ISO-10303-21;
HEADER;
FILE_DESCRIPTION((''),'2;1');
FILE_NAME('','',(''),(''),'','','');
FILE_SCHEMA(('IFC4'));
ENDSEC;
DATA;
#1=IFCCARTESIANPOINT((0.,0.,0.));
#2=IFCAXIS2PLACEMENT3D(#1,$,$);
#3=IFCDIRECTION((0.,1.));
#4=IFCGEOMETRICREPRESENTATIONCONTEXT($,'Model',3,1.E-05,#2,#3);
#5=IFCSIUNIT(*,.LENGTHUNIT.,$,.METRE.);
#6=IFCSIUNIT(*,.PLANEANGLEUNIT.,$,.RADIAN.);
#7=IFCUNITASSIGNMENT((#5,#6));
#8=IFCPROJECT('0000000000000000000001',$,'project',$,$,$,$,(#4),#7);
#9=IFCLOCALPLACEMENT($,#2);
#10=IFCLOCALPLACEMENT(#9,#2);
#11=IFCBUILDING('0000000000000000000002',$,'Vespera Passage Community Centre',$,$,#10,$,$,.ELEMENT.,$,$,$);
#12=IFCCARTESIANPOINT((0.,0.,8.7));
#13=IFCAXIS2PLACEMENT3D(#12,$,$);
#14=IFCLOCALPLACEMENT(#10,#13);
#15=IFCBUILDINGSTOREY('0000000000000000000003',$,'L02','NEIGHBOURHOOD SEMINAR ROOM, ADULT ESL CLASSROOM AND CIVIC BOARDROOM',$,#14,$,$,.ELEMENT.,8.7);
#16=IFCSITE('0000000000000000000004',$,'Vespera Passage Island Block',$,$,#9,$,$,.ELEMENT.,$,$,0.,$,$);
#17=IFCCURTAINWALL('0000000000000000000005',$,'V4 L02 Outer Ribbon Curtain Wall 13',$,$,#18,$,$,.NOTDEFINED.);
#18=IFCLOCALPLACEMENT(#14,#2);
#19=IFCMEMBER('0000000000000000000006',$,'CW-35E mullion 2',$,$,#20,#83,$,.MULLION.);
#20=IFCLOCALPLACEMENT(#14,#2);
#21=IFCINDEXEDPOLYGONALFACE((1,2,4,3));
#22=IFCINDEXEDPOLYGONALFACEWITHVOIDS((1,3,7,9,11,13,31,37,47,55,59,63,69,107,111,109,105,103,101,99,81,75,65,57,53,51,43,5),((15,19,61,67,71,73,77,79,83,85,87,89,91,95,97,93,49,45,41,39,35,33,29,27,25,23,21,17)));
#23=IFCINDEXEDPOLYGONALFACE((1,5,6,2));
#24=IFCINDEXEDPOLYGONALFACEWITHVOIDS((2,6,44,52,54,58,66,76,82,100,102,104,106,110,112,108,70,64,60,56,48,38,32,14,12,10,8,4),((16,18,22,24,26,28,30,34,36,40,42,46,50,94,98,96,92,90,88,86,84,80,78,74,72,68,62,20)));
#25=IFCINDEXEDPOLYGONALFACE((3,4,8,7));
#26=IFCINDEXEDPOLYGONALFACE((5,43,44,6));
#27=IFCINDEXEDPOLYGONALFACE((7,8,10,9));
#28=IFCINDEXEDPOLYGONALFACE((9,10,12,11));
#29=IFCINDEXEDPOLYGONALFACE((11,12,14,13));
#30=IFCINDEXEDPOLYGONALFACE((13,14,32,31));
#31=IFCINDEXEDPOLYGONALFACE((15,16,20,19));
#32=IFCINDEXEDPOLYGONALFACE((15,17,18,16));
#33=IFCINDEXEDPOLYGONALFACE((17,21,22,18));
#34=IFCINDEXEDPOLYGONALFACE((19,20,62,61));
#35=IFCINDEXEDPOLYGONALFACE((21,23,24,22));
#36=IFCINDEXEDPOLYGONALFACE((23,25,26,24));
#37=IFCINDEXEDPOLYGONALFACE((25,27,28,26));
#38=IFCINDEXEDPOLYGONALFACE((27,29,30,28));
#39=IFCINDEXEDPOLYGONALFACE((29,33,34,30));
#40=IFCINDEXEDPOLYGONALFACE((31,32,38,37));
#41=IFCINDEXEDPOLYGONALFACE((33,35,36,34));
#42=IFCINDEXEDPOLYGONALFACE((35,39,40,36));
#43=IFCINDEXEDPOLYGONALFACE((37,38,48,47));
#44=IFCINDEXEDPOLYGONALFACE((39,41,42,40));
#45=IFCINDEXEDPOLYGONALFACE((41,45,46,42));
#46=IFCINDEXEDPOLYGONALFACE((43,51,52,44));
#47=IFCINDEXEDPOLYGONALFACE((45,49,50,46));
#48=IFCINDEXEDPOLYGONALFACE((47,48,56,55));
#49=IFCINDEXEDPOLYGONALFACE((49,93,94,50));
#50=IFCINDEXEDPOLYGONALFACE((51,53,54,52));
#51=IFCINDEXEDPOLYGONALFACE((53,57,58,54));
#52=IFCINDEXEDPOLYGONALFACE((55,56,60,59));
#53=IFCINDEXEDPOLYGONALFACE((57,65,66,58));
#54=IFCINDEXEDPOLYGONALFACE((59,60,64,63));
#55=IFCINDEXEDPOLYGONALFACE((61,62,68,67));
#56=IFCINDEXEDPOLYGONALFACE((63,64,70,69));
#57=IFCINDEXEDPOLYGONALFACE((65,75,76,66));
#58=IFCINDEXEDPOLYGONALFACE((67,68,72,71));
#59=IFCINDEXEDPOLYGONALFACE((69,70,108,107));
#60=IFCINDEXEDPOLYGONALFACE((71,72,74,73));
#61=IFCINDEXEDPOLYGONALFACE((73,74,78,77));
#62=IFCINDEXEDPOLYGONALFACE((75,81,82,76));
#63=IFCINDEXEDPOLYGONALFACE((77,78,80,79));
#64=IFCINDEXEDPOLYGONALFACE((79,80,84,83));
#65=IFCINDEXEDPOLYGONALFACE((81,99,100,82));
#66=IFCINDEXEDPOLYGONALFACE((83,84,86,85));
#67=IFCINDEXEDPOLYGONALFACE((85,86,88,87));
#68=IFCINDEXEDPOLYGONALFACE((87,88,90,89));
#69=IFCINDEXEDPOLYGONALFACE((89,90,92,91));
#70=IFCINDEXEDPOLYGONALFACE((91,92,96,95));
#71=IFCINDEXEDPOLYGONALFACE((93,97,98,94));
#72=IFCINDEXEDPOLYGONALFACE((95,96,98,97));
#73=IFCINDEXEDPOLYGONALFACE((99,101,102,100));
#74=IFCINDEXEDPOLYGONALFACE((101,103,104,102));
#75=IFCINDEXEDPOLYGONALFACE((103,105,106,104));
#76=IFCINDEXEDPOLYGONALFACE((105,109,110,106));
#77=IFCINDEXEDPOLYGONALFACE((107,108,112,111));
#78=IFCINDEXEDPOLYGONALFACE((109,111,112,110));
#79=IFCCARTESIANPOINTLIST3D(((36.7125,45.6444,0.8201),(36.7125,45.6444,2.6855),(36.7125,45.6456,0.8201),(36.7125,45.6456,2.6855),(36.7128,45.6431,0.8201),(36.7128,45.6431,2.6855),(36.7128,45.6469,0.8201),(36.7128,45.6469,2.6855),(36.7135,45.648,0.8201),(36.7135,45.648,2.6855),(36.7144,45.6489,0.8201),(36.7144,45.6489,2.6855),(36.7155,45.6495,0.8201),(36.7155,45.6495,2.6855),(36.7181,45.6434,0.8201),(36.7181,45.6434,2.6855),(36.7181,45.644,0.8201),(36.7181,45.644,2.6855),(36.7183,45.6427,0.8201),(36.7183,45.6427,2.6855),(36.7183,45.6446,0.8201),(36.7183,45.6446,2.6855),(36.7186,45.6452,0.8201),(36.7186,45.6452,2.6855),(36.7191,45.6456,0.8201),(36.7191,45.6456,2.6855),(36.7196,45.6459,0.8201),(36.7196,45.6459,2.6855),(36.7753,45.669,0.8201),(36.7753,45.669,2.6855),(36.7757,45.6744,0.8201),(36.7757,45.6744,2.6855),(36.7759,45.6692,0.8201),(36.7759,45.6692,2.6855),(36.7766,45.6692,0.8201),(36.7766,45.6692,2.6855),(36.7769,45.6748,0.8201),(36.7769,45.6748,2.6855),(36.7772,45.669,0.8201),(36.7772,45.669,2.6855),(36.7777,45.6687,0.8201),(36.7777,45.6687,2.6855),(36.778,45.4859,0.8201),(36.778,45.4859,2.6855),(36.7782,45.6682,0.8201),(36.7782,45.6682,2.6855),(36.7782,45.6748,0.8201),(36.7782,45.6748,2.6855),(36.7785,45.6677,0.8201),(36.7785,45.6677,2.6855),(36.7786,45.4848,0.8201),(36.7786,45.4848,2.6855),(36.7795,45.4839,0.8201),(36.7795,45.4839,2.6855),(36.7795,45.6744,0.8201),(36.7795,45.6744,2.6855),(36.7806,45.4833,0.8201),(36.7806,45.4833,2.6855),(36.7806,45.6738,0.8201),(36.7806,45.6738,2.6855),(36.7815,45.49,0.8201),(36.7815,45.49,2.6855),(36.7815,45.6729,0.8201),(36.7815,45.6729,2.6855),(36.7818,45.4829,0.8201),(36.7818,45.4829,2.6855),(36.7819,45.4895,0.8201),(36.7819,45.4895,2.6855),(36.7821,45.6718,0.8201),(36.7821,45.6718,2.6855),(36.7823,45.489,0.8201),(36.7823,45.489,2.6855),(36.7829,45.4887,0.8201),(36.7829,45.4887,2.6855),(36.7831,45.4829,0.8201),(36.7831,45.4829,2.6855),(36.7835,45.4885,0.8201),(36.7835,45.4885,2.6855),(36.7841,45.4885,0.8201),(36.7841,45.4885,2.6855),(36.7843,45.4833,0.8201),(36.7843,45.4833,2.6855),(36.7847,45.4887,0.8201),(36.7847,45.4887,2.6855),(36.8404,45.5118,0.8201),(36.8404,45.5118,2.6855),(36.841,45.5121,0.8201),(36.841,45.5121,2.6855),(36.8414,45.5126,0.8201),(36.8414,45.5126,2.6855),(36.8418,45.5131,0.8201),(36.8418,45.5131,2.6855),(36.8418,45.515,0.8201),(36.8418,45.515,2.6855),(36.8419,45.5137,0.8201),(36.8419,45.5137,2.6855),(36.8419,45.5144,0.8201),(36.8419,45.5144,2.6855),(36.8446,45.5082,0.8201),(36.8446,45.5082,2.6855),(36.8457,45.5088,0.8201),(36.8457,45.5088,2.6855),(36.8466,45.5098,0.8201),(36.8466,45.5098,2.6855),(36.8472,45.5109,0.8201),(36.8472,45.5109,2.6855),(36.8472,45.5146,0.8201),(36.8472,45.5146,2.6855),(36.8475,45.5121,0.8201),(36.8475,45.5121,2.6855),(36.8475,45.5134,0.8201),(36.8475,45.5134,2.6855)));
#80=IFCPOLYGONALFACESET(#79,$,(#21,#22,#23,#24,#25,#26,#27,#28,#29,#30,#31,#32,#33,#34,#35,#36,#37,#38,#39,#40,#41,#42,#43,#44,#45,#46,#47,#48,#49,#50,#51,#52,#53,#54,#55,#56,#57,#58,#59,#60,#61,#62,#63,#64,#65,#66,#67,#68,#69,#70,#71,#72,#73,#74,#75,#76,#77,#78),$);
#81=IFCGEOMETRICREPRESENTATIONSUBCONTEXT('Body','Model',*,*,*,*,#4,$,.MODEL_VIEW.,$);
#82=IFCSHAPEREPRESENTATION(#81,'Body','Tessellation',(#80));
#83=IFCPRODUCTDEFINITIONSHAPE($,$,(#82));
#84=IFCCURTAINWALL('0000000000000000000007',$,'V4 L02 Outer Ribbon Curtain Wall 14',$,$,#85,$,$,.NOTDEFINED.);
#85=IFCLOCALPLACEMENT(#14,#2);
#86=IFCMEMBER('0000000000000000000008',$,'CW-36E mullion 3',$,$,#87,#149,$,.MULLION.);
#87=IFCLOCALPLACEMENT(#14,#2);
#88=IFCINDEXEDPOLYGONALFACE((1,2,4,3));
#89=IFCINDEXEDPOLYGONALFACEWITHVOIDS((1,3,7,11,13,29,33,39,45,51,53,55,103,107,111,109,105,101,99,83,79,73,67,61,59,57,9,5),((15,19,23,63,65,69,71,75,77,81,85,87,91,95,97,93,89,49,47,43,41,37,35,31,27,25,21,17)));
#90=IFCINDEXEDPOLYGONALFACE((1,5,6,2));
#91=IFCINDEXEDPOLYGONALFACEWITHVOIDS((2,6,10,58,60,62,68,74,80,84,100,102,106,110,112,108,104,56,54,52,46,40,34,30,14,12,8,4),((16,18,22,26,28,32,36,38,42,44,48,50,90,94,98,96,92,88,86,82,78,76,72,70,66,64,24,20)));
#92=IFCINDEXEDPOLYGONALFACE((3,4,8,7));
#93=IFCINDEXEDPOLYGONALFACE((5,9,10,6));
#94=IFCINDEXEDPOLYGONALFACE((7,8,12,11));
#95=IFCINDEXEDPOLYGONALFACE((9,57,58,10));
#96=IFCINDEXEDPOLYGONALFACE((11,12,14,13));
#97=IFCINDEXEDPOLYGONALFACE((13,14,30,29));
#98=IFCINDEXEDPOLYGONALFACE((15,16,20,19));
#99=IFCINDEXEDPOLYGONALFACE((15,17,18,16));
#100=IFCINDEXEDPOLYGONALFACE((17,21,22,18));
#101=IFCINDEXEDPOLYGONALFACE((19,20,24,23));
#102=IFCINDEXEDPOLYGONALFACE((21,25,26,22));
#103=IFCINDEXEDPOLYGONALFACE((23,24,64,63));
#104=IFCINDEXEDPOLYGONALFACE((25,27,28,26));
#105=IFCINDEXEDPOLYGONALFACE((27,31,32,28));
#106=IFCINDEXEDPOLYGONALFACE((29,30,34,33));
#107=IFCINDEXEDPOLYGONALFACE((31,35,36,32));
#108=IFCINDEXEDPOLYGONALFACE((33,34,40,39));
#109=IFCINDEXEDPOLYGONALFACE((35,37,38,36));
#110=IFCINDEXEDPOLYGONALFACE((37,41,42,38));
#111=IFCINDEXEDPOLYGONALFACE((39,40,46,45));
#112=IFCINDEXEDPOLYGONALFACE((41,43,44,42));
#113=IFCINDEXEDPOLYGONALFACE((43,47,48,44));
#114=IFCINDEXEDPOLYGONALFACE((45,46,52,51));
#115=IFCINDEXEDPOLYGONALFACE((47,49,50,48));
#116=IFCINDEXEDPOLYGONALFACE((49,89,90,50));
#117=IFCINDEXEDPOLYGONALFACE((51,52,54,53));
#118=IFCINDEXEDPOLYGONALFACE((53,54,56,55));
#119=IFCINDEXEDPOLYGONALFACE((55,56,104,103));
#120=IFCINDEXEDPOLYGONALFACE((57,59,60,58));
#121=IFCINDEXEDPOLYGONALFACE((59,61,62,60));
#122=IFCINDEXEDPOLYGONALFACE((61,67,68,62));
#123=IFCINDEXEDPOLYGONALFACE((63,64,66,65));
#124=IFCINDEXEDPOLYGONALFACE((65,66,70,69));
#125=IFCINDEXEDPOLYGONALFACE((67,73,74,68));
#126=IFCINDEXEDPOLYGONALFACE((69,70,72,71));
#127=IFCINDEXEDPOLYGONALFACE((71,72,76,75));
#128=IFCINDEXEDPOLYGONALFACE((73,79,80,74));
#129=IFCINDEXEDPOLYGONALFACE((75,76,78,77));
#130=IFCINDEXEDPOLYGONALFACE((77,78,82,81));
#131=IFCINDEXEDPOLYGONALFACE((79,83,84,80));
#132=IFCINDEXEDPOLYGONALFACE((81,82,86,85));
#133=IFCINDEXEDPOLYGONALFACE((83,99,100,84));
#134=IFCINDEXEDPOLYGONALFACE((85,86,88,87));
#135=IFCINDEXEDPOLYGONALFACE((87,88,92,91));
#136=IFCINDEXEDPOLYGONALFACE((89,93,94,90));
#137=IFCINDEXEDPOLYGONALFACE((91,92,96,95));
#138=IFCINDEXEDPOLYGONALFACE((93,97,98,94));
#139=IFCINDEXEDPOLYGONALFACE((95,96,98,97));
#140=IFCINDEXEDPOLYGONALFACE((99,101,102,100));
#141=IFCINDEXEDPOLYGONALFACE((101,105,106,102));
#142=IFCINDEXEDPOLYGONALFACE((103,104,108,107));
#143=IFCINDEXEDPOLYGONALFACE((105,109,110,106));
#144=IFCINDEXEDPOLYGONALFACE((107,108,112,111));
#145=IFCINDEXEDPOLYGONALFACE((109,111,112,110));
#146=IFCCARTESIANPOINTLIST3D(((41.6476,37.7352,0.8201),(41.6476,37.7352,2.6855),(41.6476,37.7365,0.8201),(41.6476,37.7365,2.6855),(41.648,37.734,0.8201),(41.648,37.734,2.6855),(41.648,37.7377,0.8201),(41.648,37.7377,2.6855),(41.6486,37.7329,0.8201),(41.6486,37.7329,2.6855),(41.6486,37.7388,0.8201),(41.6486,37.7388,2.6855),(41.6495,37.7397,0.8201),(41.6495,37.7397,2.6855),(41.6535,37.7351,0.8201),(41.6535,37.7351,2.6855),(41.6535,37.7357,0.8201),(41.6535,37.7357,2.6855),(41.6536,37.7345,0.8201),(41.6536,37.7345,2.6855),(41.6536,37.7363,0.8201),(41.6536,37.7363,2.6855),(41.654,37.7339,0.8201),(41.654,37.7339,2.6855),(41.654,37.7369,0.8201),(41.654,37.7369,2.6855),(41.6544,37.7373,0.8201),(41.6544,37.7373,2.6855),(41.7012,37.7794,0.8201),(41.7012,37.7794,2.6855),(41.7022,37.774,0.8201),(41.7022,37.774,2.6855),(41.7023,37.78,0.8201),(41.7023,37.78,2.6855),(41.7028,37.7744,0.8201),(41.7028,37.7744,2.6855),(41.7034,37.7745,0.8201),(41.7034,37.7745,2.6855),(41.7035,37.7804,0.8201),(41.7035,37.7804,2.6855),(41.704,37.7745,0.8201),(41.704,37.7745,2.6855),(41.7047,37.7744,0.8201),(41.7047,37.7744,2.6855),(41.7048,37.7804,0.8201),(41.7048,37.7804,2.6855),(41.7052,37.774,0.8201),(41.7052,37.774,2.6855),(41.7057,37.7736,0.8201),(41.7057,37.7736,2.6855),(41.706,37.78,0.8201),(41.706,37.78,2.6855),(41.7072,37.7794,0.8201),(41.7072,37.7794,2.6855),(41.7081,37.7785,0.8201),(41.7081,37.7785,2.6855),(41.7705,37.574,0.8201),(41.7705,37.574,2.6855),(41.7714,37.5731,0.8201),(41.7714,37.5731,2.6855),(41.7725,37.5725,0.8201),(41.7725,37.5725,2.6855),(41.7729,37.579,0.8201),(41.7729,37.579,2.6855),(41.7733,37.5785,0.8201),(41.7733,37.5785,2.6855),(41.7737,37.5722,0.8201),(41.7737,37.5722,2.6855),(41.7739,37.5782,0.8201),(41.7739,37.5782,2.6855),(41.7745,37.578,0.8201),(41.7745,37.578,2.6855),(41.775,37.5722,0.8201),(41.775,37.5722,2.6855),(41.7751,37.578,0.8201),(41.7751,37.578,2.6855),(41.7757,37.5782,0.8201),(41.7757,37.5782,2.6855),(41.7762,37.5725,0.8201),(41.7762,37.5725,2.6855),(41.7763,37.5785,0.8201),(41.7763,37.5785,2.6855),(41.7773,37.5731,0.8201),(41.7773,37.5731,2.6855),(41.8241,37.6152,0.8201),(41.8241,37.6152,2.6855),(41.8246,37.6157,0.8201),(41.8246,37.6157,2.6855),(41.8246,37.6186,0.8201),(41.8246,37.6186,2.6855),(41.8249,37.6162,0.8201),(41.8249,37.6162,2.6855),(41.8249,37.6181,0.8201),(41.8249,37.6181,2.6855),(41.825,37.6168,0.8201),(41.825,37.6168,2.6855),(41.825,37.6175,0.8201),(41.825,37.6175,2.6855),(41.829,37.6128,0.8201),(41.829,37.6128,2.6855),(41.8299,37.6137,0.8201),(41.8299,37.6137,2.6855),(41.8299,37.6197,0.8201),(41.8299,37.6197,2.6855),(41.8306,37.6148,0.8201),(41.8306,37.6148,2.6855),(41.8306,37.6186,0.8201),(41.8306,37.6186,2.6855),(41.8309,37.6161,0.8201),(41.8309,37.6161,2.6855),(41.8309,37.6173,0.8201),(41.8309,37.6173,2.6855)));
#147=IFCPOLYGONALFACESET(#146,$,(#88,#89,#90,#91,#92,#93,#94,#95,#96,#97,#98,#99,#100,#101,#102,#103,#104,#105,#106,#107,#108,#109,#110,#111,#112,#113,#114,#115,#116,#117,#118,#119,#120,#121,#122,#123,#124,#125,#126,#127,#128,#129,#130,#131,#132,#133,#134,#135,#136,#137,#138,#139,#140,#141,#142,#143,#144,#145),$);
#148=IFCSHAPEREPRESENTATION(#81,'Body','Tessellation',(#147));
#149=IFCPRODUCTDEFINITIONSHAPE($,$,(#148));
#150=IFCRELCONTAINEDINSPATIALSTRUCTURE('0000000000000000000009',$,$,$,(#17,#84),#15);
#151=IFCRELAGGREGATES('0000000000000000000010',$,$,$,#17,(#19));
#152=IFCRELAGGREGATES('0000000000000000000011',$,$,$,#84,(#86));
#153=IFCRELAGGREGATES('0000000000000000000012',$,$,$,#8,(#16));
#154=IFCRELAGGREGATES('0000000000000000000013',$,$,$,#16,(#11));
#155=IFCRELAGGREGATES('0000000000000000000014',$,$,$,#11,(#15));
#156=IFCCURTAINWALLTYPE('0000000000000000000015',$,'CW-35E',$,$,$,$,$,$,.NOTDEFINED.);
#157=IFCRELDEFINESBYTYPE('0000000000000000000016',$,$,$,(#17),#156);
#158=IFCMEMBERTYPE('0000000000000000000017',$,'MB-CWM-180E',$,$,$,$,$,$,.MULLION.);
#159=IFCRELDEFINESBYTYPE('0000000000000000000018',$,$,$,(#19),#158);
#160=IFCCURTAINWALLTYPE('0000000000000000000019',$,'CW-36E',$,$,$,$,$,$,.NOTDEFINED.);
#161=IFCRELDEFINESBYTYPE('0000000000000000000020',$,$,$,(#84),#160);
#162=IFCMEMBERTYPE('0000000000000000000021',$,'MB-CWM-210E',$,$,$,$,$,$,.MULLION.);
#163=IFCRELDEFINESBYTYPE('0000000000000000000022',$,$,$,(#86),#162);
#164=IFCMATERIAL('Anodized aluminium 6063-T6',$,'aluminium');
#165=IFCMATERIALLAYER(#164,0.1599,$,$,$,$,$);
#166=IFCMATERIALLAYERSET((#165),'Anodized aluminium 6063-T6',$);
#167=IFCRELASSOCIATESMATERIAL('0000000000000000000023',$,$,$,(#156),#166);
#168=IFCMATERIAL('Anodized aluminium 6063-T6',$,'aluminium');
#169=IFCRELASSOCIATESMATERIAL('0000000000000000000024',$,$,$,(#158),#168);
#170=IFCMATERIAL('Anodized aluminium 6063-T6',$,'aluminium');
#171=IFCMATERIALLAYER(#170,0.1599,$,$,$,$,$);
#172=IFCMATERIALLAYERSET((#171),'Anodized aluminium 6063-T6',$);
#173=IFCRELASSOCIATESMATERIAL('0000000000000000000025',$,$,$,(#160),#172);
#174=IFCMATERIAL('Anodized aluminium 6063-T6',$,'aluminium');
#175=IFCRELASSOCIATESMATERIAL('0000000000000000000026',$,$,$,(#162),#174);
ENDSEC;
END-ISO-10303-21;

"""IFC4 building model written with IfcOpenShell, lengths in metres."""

from ifc_helpers import new_model, si_unit, direction, frame, origin, origin_2d, place, context, subcontext, project, spatial, hollow_rectangle, extrude, material, layer, layer_set, material_profile, profile_set, type_object, element, aggregate, save


model = new_model("IFC4")

# Units and contexts
model_context = context("Model", 3, precision=1e-05, world=origin(), true_north=direction((0.0, 1.0)))
body_context = subcontext(model_context, "Body", "Model", "MODEL_VIEW")
ifc_project = project(units=[si_unit("LENGTHUNIT", "METRE"), si_unit("PLANEANGLEUNIT", "RADIAN")], contexts=[model_context])

# Site, building, storey
site_placement = place(None, origin())
site = spatial("IfcSite", under=ifc_project, at=site_placement, Name="Vespera Passage Island Block", CompositionType="ELEMENT", RefElevation=0.0)
building_placement = place(site_placement, origin())
building = spatial("IfcBuilding", under=site, at=building_placement, Name="Vespera Passage Community Centre", CompositionType="ELEMENT")
storey_placement = place(building_placement, frame((0.0, 0.0, 8.7)))
storey = spatial("IfcBuildingStorey", under=building, at=storey_placement, Name="L02", Description="NEIGHBOURHOOD SEMINAR ROOM, ADULT ESL CLASSROOM AND CIVIC BOARDROOM", CompositionType="ELEMENT", Elevation=8.7)

# Curtain walls, members
ifc_material_1 = material(Name="Anodized aluminium 6063-T6", Category="aluminium")
ifc_layer_1 = layer(ifc_material_1, 0.1599)
ifc_layer_set_1 = layer_set([ifc_layer_1], Name="Anodized aluminium 6063-T6")
curtain_wall_type_1 = type_object("IfcCurtainWallType", Name="CW-35E", PredefinedType="NOTDEFINED", material=ifc_layer_set_1)
curtain_wall_1_placement = place(storey_placement, origin())
curtain_wall_1 = element("IfcCurtainWall", 1, at=curtain_wall_1_placement, inside=storey, type_object=curtain_wall_type_1, Name="V4 L02 Outer Ribbon Curtain Wall 13", PredefinedType="NOTDEFINED")
ifc_material_2 = material(Name="Anodized aluminium 6063-T6", Category="aluminium")
ifc_material_profile_1 = material_profile(ifc_material_2, hollow_rectangle(XDim=0.075, YDim=0.1799, WallThickness=0.0049, InnerFilletRadius=0.0024, OuterFilletRadius=0.0049, at=origin_2d()), Name="ALU180X75X5")
ifc_profile_set_1 = profile_set([ifc_material_profile_1], Name="Anodized aluminium 6063-T6")
member_type_1 = type_object("IfcMemberType", Name="MB-CWM-180E", PredefinedType="MULLION", material=ifc_profile_set_1)
member_1_placement = place(storey_placement, frame((36.78, 45.5789, 0.8201), z_axis=(0.0, 0.0, 1.0), x_axis=(-0.923881, -0.382679, 0.0)))
member_1 = element("IfcMember", 2, at=member_1_placement, type_object=member_type_1, Name="CW-35E mullion 2", PredefinedType="MULLION", context=body_context, shape_type="SweptSolid", body=[
    extrude(hollow_rectangle(XDim=0.075, YDim=0.1799, WallThickness=0.0049, InnerFilletRadius=0.0024, OuterFilletRadius=0.0049, at=origin_2d()), origin(), (0.0, 0.0, 1.0), 1.8655),
])
ifc_material_3 = material(Name="Anodized aluminium 6063-T6", Category="aluminium")
ifc_layer_2 = layer(ifc_material_3, 0.1599)
ifc_layer_set_2 = layer_set([ifc_layer_2], Name="Anodized aluminium 6063-T6")
curtain_wall_type_2 = type_object("IfcCurtainWallType", Name="CW-36E", PredefinedType="NOTDEFINED", material=ifc_layer_set_2)
curtain_wall_2_placement = place(storey_placement, origin())
curtain_wall_2 = element("IfcCurtainWall", 3, at=curtain_wall_2_placement, inside=storey, type_object=curtain_wall_type_2, Name="V4 L02 Outer Ribbon Curtain Wall 14", PredefinedType="NOTDEFINED")
ifc_material_4 = material(Name="Anodized aluminium 6063-T6", Category="aluminium")
ifc_material_profile_2 = material_profile(ifc_material_4, hollow_rectangle(XDim=0.075, YDim=0.21, WallThickness=0.0049, InnerFilletRadius=0.0024, OuterFilletRadius=0.0049, at=origin_2d()), Name="ALU210X75X5")
ifc_profile_set_2 = profile_set([ifc_material_profile_2], Name="Anodized aluminium 6063-T6")
member_type_2 = type_object("IfcMemberType", Name="MB-CWM-210E", PredefinedType="MULLION", material=ifc_profile_set_2)
member_2_placement = place(storey_placement, frame((41.7393, 37.6763, 0.8201), z_axis=(0.0, 0.0, 1.0), x_axis=(-0.79335, -0.608765, 0.0)))
member_2 = element("IfcMember", 4, at=member_2_placement, type_object=member_type_2, Name="CW-36E mullion 3", PredefinedType="MULLION", context=body_context, shape_type="SweptSolid", body=[
    extrude(hollow_rectangle(XDim=0.075, YDim=0.21, WallThickness=0.0049, InnerFilletRadius=0.0024, OuterFilletRadius=0.0049, at=origin_2d()), origin(), (0.0, 0.0, 1.0), 1.8655),
])

aggregate(curtain_wall_1, [member_1])
aggregate(curtain_wall_2, [member_2])

save(model, "model.ifc")
